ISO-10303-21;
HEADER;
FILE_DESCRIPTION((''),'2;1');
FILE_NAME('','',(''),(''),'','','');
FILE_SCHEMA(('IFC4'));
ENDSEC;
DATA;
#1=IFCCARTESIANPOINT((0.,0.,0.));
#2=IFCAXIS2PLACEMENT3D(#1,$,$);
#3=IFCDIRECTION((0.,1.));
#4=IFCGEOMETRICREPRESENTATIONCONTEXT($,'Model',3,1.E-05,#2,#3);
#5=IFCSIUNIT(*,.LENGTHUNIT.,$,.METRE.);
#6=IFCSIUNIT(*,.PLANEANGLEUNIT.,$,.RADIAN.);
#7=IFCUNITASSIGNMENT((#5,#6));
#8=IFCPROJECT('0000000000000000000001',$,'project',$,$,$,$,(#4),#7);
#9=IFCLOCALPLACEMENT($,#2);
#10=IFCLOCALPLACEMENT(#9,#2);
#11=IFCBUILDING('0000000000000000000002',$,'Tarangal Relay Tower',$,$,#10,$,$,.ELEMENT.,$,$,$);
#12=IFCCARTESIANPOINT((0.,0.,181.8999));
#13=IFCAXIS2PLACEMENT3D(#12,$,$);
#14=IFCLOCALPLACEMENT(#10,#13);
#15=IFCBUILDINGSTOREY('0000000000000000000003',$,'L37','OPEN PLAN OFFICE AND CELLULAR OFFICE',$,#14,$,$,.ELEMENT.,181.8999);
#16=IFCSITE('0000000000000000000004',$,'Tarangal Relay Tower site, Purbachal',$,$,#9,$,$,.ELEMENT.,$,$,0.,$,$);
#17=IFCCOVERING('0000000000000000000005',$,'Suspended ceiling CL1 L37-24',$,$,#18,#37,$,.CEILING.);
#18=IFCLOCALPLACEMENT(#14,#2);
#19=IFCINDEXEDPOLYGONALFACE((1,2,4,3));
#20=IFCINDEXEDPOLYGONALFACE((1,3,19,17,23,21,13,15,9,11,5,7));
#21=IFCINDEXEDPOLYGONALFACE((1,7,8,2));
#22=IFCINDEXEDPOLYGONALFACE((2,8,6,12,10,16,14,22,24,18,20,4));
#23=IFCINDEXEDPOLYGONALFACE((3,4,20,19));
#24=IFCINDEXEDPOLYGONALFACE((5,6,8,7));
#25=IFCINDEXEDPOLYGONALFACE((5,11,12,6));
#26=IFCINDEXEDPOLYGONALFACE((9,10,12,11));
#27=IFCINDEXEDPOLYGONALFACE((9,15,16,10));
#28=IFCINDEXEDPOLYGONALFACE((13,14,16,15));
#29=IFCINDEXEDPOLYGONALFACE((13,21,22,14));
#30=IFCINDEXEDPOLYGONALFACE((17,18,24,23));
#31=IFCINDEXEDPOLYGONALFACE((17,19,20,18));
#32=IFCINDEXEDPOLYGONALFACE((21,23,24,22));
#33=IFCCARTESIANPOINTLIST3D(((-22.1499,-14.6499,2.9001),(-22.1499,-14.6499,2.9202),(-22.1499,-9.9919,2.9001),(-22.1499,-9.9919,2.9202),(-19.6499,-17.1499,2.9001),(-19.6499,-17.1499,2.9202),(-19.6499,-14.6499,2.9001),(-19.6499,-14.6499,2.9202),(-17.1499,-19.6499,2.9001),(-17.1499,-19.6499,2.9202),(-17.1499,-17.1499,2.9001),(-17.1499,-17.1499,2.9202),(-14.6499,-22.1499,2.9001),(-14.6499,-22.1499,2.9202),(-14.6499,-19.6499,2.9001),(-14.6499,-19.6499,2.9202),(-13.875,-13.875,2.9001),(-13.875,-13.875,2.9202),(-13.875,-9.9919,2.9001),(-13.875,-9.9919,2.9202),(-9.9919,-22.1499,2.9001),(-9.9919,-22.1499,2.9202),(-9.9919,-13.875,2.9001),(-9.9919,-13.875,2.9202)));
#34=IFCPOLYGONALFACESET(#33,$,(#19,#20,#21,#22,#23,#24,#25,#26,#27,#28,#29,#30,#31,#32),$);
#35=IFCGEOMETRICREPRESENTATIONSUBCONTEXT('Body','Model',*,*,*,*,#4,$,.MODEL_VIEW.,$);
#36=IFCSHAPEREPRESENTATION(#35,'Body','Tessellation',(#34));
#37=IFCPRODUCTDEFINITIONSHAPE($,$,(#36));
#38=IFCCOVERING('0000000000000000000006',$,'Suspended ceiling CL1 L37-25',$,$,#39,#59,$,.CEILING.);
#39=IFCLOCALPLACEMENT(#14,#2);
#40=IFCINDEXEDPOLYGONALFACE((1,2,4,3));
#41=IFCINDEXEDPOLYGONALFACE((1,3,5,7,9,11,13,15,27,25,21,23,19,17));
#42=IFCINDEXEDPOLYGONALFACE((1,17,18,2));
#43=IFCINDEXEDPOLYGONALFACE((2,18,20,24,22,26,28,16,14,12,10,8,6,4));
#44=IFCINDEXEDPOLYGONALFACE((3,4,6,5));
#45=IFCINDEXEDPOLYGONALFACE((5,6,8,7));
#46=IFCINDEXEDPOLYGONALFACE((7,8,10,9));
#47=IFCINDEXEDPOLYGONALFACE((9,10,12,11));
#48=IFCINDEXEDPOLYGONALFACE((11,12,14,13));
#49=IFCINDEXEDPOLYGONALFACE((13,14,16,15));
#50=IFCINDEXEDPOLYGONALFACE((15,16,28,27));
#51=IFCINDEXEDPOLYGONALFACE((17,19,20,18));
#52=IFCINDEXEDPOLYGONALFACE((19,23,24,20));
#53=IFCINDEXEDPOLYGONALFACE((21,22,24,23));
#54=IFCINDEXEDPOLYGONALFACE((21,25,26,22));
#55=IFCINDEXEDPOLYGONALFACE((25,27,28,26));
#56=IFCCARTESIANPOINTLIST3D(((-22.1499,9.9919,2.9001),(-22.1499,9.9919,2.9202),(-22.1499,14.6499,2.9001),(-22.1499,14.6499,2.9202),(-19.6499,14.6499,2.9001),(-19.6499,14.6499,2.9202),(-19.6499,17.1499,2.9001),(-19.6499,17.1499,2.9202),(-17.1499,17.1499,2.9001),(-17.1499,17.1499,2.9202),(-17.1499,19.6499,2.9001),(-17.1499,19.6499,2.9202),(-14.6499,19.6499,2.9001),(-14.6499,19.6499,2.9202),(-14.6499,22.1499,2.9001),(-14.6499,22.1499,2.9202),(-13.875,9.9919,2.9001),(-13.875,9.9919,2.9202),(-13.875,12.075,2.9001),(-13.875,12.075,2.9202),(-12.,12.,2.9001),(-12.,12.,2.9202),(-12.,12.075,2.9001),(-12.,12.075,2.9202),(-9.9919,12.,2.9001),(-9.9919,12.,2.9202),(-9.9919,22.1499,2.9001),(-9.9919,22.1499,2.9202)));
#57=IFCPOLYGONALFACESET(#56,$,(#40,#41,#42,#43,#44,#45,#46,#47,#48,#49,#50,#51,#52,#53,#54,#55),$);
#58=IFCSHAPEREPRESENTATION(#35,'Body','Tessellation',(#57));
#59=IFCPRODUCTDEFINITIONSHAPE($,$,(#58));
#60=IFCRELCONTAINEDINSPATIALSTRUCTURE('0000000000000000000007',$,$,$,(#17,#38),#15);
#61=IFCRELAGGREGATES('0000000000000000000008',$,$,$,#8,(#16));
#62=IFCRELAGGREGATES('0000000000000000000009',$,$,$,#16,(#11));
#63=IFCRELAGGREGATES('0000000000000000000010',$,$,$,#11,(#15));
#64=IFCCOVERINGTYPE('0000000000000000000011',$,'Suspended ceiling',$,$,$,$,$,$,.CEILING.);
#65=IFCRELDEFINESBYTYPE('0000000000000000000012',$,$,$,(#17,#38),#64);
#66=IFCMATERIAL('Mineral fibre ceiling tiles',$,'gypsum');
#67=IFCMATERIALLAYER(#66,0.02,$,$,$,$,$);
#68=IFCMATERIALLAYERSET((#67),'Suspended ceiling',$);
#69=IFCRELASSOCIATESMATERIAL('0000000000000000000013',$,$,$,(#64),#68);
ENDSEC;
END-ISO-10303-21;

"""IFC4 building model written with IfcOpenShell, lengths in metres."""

from ifc_helpers import new_model, si_unit, direction, frame, origin, place, context, subcontext, project, spatial, polyline, outline, extrude, material, layer, layer_set, type_object, element, save


model = new_model("IFC4")

# Units and contexts
model_context = context("Model", 3, precision=1e-05, world=origin(), true_north=direction((0.0, 1.0)))
body_context = subcontext(model_context, "Body", "Model", "MODEL_VIEW")
ifc_project = project(units=[si_unit("LENGTHUNIT", "METRE"), si_unit("PLANEANGLEUNIT", "RADIAN")], contexts=[model_context])

# Site, building, storey
site_placement = place(None, origin())
site = spatial("IfcSite", under=ifc_project, at=site_placement, Name="Tarangal Relay Tower site, Purbachal", CompositionType="ELEMENT", RefElevation=0.0)
building_placement = place(site_placement, origin())
building = spatial("IfcBuilding", under=site, at=building_placement, Name="Tarangal Relay Tower", CompositionType="ELEMENT")
storey_placement = place(building_placement, frame((0.0, 0.0, 181.8999)))
storey = spatial("IfcBuildingStorey", under=building, at=storey_placement, Name="L37", Description="OPEN PLAN OFFICE AND CELLULAR OFFICE", CompositionType="ELEMENT", Elevation=181.8999)

# Coverings
ifc_material_1 = material(Name="Mineral fibre ceiling tiles", Category="gypsum")
ifc_layer_1 = layer(ifc_material_1, 0.02)
ifc_layer_set_1 = layer_set([ifc_layer_1], Name="Suspended ceiling")
covering_type = type_object("IfcCoveringType", Name="Suspended ceiling", PredefinedType="CEILING", material=ifc_layer_set_1)
covering_1_placement = place(storey_placement, frame((0.0, 0.0, 2.9001)))
element("IfcCovering", 1, at=covering_1_placement, inside=storey, type_object=covering_type, Name="Suspended ceiling CL1 L37-24", PredefinedType="CEILING", context=body_context, shape_type="SweptSolid", body=[
    extrude(outline(polyline([(-14.6499, -19.6499), (-14.6499, -22.1499), (-9.9919, -22.1499), (-9.9919, -13.875), (-13.875, -13.875), (-13.875, -9.9919), (-22.1499, -9.9919), (-22.1499, -14.6499), (-19.6499, -14.6499), (-19.6499, -17.1499), (-17.1499, -17.1499), (-17.1499, -19.6499), (-14.6499, -19.6499)])), origin(), (0.0, 0.0, 1.0), 0.02),
])
covering_2_placement = place(storey_placement, frame((0.0, 0.0, 2.9001)))
element("IfcCovering", 2, at=covering_2_placement, inside=storey, type_object=covering_type, Name="Suspended ceiling CL1 L37-25", PredefinedType="CEILING", context=body_context, shape_type="SweptSolid", body=[
    extrude(outline(polyline([(-19.6499, 14.6499), (-22.1499, 14.6499), (-22.1499, 9.9919), (-13.875, 9.9919), (-13.875, 12.075), (-12.0, 12.075), (-12.0, 12.0), (-9.9919, 12.0), (-9.9919, 22.1499), (-14.6499, 22.1499), (-14.6499, 19.6499), (-17.1499, 19.6499), (-17.1499, 17.1499), (-19.6499, 17.1499), (-19.6499, 14.6499)])), origin(), (0.0, 0.0, 1.0), 0.02),
])

save(model, "model.ifc")
